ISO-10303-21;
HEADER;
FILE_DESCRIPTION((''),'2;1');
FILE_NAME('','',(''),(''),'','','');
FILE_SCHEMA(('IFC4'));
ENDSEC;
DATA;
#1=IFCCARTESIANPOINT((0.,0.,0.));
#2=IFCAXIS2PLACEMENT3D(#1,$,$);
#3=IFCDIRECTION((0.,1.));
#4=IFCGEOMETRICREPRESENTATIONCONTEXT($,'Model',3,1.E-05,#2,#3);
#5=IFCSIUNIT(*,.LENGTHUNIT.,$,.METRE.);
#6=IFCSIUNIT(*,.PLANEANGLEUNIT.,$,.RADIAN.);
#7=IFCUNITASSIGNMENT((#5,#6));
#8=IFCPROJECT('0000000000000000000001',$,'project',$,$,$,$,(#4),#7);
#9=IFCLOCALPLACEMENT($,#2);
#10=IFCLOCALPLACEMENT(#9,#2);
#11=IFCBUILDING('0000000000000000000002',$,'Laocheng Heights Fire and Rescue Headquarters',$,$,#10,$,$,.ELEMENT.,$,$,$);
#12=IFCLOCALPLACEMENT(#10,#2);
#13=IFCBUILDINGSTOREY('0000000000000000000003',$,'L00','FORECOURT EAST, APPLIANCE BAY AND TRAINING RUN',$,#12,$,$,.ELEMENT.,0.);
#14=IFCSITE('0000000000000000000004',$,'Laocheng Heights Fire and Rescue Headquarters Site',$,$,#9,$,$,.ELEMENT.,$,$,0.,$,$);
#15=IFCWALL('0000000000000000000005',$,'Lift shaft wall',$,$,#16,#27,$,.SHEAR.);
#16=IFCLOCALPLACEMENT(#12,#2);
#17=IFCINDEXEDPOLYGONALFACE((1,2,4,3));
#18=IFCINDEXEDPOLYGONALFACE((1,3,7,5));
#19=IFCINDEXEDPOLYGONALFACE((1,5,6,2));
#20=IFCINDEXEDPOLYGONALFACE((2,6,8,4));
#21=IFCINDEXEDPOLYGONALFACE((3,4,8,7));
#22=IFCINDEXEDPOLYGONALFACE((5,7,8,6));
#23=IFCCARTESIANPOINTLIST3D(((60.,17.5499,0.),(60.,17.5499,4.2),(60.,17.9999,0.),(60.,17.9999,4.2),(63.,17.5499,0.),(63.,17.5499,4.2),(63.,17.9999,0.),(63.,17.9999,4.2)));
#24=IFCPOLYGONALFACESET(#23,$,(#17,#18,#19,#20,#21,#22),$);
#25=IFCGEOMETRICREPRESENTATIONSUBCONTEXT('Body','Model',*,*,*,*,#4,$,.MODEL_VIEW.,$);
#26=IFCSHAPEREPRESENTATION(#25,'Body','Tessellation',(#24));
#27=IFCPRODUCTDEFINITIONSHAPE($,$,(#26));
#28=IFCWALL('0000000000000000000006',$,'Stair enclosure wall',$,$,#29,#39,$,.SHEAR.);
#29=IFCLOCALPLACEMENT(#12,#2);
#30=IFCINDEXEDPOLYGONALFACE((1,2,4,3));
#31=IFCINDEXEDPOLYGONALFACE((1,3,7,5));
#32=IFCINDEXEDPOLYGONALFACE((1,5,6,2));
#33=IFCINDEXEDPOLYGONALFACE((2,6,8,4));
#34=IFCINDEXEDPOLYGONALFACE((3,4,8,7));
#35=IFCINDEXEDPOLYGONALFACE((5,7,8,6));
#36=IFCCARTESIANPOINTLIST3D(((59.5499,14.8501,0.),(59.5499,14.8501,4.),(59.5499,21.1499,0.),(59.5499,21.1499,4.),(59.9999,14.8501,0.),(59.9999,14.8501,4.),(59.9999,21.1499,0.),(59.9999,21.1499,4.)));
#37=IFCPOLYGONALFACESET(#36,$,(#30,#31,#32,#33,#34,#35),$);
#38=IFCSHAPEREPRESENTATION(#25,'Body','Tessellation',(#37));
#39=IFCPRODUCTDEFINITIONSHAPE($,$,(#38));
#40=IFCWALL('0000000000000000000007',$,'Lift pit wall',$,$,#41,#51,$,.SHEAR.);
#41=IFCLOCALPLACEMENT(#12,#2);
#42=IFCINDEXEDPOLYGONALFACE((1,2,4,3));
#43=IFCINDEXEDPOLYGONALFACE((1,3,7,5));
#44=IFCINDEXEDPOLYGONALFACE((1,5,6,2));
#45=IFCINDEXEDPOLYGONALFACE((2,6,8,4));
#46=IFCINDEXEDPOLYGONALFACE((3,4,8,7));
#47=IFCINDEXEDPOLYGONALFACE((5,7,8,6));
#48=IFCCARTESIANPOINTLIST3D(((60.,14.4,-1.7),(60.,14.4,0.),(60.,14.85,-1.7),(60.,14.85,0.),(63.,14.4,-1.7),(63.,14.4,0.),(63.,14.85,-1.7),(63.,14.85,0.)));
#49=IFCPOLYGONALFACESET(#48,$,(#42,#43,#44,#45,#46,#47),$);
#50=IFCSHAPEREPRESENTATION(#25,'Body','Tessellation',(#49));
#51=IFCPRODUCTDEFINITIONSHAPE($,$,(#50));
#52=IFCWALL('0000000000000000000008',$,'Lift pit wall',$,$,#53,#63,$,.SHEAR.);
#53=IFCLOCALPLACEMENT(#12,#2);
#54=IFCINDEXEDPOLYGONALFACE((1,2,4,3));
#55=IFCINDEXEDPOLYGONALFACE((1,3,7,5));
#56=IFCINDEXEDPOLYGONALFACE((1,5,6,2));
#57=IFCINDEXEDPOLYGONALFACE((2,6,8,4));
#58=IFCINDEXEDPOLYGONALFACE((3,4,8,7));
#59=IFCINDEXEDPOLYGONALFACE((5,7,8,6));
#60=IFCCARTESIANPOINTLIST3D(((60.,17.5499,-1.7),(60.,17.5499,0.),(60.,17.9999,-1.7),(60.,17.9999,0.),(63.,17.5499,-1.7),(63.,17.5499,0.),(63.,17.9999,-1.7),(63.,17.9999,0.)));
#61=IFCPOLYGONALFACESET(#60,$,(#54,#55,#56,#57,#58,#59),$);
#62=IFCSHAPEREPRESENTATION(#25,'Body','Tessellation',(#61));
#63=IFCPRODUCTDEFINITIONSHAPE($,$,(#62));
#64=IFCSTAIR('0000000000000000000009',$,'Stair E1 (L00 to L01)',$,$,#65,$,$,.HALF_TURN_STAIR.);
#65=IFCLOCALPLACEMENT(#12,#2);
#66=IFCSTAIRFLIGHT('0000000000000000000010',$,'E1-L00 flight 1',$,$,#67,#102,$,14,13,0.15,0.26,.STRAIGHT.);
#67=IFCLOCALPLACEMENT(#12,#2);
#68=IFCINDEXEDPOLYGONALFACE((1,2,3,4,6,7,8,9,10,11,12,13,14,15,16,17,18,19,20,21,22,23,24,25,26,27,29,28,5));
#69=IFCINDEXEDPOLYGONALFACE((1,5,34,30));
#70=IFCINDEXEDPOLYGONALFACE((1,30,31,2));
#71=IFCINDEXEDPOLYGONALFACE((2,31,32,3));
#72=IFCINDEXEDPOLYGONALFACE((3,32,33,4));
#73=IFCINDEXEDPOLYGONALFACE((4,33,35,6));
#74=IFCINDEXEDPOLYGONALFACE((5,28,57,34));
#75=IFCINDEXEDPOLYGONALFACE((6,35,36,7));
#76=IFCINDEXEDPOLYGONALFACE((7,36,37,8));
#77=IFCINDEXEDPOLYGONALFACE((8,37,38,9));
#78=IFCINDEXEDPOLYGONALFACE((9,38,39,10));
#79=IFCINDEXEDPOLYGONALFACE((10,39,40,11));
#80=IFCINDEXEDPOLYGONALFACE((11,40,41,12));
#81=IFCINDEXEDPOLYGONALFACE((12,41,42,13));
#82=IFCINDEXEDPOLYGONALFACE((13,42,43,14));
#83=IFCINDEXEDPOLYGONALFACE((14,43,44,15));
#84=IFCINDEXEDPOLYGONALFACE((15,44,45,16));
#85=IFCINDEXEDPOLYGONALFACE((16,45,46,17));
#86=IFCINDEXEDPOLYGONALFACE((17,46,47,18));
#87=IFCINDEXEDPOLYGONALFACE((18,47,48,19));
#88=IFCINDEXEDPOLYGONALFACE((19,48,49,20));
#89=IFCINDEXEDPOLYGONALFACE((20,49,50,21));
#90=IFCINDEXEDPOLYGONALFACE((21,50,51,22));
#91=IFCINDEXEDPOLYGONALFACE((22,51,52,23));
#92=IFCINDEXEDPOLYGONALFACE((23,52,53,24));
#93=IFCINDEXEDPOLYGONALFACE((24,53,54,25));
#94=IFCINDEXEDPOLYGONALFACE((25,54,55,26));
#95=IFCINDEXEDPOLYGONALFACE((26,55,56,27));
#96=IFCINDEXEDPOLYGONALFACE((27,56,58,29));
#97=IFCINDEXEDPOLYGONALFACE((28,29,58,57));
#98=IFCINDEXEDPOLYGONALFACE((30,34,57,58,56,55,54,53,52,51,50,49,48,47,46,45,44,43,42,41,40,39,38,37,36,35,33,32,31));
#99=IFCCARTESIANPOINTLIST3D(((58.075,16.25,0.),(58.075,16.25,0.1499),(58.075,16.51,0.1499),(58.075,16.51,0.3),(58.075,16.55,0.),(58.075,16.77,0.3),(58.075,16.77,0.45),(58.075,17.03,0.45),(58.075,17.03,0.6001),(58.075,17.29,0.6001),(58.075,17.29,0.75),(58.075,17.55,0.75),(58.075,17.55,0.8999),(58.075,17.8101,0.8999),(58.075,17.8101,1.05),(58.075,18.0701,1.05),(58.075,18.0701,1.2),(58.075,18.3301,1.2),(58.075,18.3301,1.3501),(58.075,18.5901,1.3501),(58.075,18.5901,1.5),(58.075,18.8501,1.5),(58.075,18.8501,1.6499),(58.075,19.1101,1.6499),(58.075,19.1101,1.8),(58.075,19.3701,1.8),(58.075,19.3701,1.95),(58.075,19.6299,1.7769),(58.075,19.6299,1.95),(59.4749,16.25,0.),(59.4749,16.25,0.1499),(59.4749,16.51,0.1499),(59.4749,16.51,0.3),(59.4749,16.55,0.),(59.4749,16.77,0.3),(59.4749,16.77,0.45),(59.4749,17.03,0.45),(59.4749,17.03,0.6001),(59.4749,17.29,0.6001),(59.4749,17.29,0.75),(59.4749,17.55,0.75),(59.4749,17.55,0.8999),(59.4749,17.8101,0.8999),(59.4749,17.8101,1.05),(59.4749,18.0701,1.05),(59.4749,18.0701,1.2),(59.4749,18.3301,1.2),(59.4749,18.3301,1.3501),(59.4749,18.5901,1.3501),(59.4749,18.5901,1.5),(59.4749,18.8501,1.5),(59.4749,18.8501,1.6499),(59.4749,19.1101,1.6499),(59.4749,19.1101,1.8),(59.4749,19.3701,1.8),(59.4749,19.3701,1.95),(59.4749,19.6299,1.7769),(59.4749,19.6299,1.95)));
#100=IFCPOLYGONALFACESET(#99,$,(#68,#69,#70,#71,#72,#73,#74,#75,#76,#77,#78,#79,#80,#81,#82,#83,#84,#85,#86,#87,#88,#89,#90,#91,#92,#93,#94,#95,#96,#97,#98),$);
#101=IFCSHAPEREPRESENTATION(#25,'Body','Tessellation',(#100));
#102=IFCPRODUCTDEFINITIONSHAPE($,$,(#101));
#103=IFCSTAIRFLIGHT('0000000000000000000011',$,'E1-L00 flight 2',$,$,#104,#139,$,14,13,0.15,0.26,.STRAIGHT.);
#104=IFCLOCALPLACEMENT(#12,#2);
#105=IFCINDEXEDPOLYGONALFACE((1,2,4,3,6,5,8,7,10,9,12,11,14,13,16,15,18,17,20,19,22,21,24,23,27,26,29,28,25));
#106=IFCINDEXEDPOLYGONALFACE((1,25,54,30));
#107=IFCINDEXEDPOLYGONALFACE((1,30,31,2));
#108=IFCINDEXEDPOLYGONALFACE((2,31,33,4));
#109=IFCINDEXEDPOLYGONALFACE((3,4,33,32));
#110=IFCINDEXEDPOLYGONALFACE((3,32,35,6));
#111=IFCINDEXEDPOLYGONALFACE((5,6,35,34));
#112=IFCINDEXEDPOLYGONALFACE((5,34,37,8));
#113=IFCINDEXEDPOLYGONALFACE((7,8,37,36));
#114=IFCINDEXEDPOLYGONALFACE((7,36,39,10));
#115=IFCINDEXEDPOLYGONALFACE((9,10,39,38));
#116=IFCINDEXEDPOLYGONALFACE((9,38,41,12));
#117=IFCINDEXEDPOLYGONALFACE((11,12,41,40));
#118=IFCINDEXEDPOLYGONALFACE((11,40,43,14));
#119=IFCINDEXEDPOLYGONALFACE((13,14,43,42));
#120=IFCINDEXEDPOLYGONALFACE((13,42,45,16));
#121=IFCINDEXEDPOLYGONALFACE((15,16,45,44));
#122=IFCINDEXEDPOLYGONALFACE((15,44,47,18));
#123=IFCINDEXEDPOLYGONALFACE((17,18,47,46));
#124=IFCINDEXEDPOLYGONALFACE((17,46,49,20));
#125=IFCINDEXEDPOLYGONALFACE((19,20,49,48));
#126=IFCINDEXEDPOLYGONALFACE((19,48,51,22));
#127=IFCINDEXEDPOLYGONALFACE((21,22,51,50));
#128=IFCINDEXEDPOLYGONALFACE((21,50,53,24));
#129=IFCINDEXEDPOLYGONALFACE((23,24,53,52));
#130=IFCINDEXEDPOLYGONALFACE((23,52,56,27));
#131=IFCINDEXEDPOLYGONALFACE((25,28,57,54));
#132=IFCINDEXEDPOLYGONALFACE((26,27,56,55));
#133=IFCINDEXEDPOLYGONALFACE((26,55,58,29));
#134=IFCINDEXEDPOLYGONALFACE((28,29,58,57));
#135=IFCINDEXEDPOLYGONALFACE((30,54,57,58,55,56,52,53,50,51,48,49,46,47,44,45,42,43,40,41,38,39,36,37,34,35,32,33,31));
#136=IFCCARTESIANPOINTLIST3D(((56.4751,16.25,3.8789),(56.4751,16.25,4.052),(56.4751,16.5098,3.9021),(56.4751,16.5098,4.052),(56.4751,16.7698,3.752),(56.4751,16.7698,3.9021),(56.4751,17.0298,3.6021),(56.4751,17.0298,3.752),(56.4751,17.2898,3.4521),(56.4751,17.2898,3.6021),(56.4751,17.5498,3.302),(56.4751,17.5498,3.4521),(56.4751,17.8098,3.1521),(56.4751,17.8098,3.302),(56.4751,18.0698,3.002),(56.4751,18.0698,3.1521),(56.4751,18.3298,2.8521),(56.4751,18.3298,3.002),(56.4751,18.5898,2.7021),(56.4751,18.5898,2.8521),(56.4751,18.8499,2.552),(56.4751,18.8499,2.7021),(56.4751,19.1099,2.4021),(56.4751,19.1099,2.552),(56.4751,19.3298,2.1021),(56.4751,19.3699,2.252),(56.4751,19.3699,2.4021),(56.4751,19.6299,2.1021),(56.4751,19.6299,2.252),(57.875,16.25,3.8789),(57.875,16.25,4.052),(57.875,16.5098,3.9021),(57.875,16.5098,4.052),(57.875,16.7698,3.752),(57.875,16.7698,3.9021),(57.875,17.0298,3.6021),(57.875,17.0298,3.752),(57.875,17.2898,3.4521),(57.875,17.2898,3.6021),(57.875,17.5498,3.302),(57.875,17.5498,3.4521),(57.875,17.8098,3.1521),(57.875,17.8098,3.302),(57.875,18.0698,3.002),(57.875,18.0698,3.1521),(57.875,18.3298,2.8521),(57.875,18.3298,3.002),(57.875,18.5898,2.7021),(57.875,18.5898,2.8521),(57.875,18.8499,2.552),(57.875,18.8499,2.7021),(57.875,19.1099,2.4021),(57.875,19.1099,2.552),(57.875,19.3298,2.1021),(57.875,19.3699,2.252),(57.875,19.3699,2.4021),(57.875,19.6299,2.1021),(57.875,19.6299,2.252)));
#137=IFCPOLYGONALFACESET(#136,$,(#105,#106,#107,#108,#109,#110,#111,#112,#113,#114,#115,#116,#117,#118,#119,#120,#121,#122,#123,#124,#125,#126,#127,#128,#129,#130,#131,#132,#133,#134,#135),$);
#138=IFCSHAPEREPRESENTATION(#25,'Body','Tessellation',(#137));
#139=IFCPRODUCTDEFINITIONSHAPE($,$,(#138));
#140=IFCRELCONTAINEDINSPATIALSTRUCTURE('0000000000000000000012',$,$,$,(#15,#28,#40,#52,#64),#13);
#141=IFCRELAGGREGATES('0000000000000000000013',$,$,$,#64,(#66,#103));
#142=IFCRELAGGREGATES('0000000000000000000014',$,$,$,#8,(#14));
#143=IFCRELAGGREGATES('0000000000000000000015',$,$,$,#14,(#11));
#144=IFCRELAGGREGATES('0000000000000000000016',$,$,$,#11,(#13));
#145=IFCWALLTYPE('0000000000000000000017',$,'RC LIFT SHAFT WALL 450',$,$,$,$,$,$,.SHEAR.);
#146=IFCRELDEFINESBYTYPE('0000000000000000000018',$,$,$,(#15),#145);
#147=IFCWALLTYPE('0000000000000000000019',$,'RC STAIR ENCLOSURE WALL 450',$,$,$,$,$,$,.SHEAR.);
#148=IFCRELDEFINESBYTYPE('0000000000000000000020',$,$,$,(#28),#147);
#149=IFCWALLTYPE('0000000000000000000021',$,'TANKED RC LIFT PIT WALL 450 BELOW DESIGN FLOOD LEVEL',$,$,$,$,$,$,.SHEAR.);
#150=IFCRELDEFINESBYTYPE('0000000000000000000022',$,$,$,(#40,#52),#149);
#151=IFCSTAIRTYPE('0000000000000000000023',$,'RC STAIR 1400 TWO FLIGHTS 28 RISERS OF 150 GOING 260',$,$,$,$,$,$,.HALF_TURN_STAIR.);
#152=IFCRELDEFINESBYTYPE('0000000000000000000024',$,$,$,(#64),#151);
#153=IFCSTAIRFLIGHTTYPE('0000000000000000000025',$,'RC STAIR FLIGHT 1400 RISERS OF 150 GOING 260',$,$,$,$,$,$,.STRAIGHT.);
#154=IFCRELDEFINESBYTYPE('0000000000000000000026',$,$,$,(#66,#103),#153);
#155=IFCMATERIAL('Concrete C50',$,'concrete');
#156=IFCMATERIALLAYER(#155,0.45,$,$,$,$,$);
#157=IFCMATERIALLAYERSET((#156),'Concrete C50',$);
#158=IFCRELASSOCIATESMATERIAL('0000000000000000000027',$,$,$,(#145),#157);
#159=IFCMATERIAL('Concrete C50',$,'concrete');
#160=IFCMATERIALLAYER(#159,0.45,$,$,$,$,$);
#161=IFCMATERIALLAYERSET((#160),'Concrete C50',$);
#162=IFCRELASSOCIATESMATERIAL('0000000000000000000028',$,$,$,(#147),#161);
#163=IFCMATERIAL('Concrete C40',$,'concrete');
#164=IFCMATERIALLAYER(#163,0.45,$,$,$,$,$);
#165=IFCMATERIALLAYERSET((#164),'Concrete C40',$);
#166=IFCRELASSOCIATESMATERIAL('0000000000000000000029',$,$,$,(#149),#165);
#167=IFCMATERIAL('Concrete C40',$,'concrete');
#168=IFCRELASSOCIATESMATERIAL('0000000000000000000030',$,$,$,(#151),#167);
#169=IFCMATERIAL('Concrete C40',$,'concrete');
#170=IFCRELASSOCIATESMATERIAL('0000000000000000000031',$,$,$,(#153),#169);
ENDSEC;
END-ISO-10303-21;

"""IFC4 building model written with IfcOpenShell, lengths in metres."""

from ifc_helpers import new_model, si_unit, direction, frame, frame_2d, origin, place, context, subcontext, project, spatial, polyline, rectangle, outline, extrude, material, layer, layer_set, type_object, element, aggregate, save


model = new_model("IFC4")

# Units and contexts
model_context = context("Model", 3, precision=1e-05, world=origin(), true_north=direction((0.0, 1.0)))
body_context = subcontext(model_context, "Body", "Model", "MODEL_VIEW")
ifc_project = project(units=[si_unit("LENGTHUNIT", "METRE"), si_unit("PLANEANGLEUNIT", "RADIAN")], contexts=[model_context])

# Site, building, storey
site_placement = place(None, origin())
site = spatial("IfcSite", under=ifc_project, at=site_placement, Name="Laocheng Heights Fire and Rescue Headquarters Site", CompositionType="ELEMENT", RefElevation=0.0)
building_placement = place(site_placement, origin())
building = spatial("IfcBuilding", under=site, at=building_placement, Name="Laocheng Heights Fire and Rescue Headquarters", CompositionType="ELEMENT")
storey_placement = place(building_placement, origin())
storey = spatial("IfcBuildingStorey", under=building, at=storey_placement, Name="L00", Description="FORECOURT EAST, APPLIANCE BAY AND TRAINING RUN", CompositionType="ELEMENT", Elevation=0.0)

# Shared definitions
ifc_material_1 = material(Name="Concrete C50", Category="concrete")
ifc_layer_1 = layer(ifc_material_1, 0.45)
ifc_layer_set_1 = layer_set([ifc_layer_1], Name="Concrete C50")
wall_type_1 = type_object("IfcWallType", Name="RC LIFT SHAFT WALL 450", PredefinedType="SHEAR", material=ifc_layer_set_1)

# Walls
wall_1_placement = place(storey_placement, frame((60.0, 17.7749, 0.0), z_axis=(0.0, 0.0, 1.0), x_axis=(1.0, 0.0, 0.0)))
element("IfcWall", 1, at=wall_1_placement, inside=storey, type_object=wall_type_1, Name="Lift shaft wall", PredefinedType="SHEAR", context=body_context, shape_type="SweptSolid", body=[
    extrude(rectangle(XDim=3.0, YDim=0.45, at=frame_2d((1.5, 0.0))), origin(), (0.0, 0.0, 1.0), 4.2),
])
ifc_material_2 = material(Name="Concrete C50", Category="concrete")
ifc_layer_2 = layer(ifc_material_2, 0.45)
ifc_layer_set_2 = layer_set([ifc_layer_2], Name="Concrete C50")
wall_type_2 = type_object("IfcWallType", Name="RC STAIR ENCLOSURE WALL 450", PredefinedType="SHEAR", material=ifc_layer_set_2)
wall_2_placement = place(storey_placement, frame((59.7749, 14.8501, 0.0), z_axis=(0.0, 0.0, 1.0), x_axis=(0.0, 1.0, 0.0)))
element("IfcWall", 2, at=wall_2_placement, inside=storey, type_object=wall_type_2, Name="Stair enclosure wall", PredefinedType="SHEAR", context=body_context, shape_type="SweptSolid", body=[
    extrude(rectangle(XDim=6.2998, YDim=0.45, at=frame_2d((3.1499, 0.0))), origin(), (0.0, 0.0, 1.0), 4.0),
])
ifc_material_3 = material(Name="Concrete C40", Category="concrete")
ifc_layer_3 = layer(ifc_material_3, 0.45)
ifc_layer_set_3 = layer_set([ifc_layer_3], Name="Concrete C40")
wall_type_3 = type_object("IfcWallType", Name="TANKED RC LIFT PIT WALL 450 BELOW DESIGN FLOOD LEVEL", PredefinedType="SHEAR", material=ifc_layer_set_3)
for number, where, z_axis, x_axis, name in (
    (3, (60.0, 14.625, -1.7), (0.0, 0.0, 1.0), (1.0, 0.0, 0.0), "Lift pit wall"),
    (4, (60.0, 17.7749, -1.7), (0.0, 0.0, 1.0), (1.0, 0.0, 0.0), "Lift pit wall"),
):
    element("IfcWall", number, at=place(storey_placement, frame(where, z_axis=z_axis, x_axis=x_axis)), inside=storey, type_object=wall_type_3, Name=name, PredefinedType="SHEAR", context=body_context, shape_type="SweptSolid", body=[
        extrude(rectangle(XDim=3.0, YDim=0.45, at=frame_2d((1.5, 0.0))), origin(), (0.0, 0.0, 1.0), 1.7),
    ])

# Stair, stair flights
ifc_material_4 = material(Name="Concrete C40", Category="concrete")
stair_type = type_object("IfcStairType", Name="RC STAIR 1400 TWO FLIGHTS 28 RISERS OF 150 GOING 260", PredefinedType="HALF_TURN_STAIR", material=ifc_material_4)
stair_placement = place(storey_placement, origin())
stair = element("IfcStair", 5, at=stair_placement, inside=storey, type_object=stair_type, Name="Stair E1 (L00 to L01)", PredefinedType="HALF_TURN_STAIR")
ifc_material_5 = material(Name="Concrete C40", Category="concrete")
stair_flight_type = type_object("IfcStairFlightType", Name="RC STAIR FLIGHT 1400 RISERS OF 150 GOING 260", PredefinedType="STRAIGHT", material=ifc_material_5)
stair_flight_1_placement = place(storey_placement, frame((58.7749, 16.25, 0.0), z_axis=(0.0, 0.0, 1.0), x_axis=(0.0, 1.0, 0.0)))
stair_flight_1 = element("IfcStairFlight", 6, at=stair_flight_1_placement, type_object=stair_flight_type, Name="E1-L00 flight 1", NumberOfRisers=14, NumberOfTreads=13, PredefinedType="STRAIGHT", RiserHeight=0.15, TreadLength=0.26, context=body_context, shape_type="SweptSolid", body=[
    extrude(outline(polyline([(0.0, 0.0), (0.0, 0.1499), (0.26, 0.1499), (0.26, 0.3), (0.52, 0.3), (0.52, 0.45), (0.78, 0.45), (0.78, 0.6001), (1.04, 0.6001), (1.04, 0.75), (1.3, 0.75), (1.3, 0.8999), (1.5601, 0.8999), (1.5601, 1.05), (1.8201, 1.05), (1.8201, 1.2), (2.0801, 1.2), (2.0801, 1.3501), (2.3401, 1.3501), (2.3401, 1.5), (2.6001, 1.5), (2.6001, 1.6499), (2.8601, 1.6499), (2.8601, 1.8), (3.1201, 1.8), (3.1201, 1.95), (3.3799, 1.95), (3.3799, 2.1001), (3.3799, 1.7769), (0.3, 0.0), (0.0, 0.0)])), frame((0.0, 0.7, 0.0), z_axis=(0.0, -1.0, 0.0), x_axis=(1.0, 0.0, 0.0)), (0.0, 0.0, 1.0), 1.3999),
])
stair_flight_2_placement = place(storey_placement, frame((57.175, 19.6299, 2.1021), z_axis=(0.0, 0.0, 1.0), x_axis=(0.0, -1.0, 0.0)))
stair_flight_2 = element("IfcStairFlight", 7, at=stair_flight_2_placement, type_object=stair_flight_type, Name="E1-L00 flight 2", NumberOfRisers=14, NumberOfTreads=13, PredefinedType="STRAIGHT", RiserHeight=0.15, TreadLength=0.26, context=body_context, shape_type="SweptSolid", body=[
    extrude(outline(polyline([(0.0, 0.0), (0.0, 0.1499), (0.26, 0.1499), (0.26, 0.3), (0.52, 0.3), (0.52, 0.45), (0.78, 0.45), (0.78, 0.6001), (1.04, 0.6001), (1.04, 0.75), (1.3, 0.75), (1.3, 0.8999), (1.5601, 0.8999), (1.5601, 1.05), (1.8201, 1.05), (1.8201, 1.2), (2.0801, 1.2), (2.0801, 1.3501), (2.3401, 1.3501), (2.3401, 1.5), (2.6001, 1.5), (2.6001, 1.6499), (2.8601, 1.6499), (2.8601, 1.8), (3.1201, 1.8), (3.1201, 1.95), (3.3799, 1.95), (3.3799, 2.1001), (3.3799, 1.7769), (0.3, 0.0), (0.0, 0.0)])), frame((0.0, 0.7, 0.0), z_axis=(0.0, -1.0, 0.0), x_axis=(1.0, 0.0, 0.0)), (0.0, 0.0, 1.0), 1.3999),
])
aggregate(stair, [stair_flight_1, stair_flight_2])

save(model, "model.ifc")
